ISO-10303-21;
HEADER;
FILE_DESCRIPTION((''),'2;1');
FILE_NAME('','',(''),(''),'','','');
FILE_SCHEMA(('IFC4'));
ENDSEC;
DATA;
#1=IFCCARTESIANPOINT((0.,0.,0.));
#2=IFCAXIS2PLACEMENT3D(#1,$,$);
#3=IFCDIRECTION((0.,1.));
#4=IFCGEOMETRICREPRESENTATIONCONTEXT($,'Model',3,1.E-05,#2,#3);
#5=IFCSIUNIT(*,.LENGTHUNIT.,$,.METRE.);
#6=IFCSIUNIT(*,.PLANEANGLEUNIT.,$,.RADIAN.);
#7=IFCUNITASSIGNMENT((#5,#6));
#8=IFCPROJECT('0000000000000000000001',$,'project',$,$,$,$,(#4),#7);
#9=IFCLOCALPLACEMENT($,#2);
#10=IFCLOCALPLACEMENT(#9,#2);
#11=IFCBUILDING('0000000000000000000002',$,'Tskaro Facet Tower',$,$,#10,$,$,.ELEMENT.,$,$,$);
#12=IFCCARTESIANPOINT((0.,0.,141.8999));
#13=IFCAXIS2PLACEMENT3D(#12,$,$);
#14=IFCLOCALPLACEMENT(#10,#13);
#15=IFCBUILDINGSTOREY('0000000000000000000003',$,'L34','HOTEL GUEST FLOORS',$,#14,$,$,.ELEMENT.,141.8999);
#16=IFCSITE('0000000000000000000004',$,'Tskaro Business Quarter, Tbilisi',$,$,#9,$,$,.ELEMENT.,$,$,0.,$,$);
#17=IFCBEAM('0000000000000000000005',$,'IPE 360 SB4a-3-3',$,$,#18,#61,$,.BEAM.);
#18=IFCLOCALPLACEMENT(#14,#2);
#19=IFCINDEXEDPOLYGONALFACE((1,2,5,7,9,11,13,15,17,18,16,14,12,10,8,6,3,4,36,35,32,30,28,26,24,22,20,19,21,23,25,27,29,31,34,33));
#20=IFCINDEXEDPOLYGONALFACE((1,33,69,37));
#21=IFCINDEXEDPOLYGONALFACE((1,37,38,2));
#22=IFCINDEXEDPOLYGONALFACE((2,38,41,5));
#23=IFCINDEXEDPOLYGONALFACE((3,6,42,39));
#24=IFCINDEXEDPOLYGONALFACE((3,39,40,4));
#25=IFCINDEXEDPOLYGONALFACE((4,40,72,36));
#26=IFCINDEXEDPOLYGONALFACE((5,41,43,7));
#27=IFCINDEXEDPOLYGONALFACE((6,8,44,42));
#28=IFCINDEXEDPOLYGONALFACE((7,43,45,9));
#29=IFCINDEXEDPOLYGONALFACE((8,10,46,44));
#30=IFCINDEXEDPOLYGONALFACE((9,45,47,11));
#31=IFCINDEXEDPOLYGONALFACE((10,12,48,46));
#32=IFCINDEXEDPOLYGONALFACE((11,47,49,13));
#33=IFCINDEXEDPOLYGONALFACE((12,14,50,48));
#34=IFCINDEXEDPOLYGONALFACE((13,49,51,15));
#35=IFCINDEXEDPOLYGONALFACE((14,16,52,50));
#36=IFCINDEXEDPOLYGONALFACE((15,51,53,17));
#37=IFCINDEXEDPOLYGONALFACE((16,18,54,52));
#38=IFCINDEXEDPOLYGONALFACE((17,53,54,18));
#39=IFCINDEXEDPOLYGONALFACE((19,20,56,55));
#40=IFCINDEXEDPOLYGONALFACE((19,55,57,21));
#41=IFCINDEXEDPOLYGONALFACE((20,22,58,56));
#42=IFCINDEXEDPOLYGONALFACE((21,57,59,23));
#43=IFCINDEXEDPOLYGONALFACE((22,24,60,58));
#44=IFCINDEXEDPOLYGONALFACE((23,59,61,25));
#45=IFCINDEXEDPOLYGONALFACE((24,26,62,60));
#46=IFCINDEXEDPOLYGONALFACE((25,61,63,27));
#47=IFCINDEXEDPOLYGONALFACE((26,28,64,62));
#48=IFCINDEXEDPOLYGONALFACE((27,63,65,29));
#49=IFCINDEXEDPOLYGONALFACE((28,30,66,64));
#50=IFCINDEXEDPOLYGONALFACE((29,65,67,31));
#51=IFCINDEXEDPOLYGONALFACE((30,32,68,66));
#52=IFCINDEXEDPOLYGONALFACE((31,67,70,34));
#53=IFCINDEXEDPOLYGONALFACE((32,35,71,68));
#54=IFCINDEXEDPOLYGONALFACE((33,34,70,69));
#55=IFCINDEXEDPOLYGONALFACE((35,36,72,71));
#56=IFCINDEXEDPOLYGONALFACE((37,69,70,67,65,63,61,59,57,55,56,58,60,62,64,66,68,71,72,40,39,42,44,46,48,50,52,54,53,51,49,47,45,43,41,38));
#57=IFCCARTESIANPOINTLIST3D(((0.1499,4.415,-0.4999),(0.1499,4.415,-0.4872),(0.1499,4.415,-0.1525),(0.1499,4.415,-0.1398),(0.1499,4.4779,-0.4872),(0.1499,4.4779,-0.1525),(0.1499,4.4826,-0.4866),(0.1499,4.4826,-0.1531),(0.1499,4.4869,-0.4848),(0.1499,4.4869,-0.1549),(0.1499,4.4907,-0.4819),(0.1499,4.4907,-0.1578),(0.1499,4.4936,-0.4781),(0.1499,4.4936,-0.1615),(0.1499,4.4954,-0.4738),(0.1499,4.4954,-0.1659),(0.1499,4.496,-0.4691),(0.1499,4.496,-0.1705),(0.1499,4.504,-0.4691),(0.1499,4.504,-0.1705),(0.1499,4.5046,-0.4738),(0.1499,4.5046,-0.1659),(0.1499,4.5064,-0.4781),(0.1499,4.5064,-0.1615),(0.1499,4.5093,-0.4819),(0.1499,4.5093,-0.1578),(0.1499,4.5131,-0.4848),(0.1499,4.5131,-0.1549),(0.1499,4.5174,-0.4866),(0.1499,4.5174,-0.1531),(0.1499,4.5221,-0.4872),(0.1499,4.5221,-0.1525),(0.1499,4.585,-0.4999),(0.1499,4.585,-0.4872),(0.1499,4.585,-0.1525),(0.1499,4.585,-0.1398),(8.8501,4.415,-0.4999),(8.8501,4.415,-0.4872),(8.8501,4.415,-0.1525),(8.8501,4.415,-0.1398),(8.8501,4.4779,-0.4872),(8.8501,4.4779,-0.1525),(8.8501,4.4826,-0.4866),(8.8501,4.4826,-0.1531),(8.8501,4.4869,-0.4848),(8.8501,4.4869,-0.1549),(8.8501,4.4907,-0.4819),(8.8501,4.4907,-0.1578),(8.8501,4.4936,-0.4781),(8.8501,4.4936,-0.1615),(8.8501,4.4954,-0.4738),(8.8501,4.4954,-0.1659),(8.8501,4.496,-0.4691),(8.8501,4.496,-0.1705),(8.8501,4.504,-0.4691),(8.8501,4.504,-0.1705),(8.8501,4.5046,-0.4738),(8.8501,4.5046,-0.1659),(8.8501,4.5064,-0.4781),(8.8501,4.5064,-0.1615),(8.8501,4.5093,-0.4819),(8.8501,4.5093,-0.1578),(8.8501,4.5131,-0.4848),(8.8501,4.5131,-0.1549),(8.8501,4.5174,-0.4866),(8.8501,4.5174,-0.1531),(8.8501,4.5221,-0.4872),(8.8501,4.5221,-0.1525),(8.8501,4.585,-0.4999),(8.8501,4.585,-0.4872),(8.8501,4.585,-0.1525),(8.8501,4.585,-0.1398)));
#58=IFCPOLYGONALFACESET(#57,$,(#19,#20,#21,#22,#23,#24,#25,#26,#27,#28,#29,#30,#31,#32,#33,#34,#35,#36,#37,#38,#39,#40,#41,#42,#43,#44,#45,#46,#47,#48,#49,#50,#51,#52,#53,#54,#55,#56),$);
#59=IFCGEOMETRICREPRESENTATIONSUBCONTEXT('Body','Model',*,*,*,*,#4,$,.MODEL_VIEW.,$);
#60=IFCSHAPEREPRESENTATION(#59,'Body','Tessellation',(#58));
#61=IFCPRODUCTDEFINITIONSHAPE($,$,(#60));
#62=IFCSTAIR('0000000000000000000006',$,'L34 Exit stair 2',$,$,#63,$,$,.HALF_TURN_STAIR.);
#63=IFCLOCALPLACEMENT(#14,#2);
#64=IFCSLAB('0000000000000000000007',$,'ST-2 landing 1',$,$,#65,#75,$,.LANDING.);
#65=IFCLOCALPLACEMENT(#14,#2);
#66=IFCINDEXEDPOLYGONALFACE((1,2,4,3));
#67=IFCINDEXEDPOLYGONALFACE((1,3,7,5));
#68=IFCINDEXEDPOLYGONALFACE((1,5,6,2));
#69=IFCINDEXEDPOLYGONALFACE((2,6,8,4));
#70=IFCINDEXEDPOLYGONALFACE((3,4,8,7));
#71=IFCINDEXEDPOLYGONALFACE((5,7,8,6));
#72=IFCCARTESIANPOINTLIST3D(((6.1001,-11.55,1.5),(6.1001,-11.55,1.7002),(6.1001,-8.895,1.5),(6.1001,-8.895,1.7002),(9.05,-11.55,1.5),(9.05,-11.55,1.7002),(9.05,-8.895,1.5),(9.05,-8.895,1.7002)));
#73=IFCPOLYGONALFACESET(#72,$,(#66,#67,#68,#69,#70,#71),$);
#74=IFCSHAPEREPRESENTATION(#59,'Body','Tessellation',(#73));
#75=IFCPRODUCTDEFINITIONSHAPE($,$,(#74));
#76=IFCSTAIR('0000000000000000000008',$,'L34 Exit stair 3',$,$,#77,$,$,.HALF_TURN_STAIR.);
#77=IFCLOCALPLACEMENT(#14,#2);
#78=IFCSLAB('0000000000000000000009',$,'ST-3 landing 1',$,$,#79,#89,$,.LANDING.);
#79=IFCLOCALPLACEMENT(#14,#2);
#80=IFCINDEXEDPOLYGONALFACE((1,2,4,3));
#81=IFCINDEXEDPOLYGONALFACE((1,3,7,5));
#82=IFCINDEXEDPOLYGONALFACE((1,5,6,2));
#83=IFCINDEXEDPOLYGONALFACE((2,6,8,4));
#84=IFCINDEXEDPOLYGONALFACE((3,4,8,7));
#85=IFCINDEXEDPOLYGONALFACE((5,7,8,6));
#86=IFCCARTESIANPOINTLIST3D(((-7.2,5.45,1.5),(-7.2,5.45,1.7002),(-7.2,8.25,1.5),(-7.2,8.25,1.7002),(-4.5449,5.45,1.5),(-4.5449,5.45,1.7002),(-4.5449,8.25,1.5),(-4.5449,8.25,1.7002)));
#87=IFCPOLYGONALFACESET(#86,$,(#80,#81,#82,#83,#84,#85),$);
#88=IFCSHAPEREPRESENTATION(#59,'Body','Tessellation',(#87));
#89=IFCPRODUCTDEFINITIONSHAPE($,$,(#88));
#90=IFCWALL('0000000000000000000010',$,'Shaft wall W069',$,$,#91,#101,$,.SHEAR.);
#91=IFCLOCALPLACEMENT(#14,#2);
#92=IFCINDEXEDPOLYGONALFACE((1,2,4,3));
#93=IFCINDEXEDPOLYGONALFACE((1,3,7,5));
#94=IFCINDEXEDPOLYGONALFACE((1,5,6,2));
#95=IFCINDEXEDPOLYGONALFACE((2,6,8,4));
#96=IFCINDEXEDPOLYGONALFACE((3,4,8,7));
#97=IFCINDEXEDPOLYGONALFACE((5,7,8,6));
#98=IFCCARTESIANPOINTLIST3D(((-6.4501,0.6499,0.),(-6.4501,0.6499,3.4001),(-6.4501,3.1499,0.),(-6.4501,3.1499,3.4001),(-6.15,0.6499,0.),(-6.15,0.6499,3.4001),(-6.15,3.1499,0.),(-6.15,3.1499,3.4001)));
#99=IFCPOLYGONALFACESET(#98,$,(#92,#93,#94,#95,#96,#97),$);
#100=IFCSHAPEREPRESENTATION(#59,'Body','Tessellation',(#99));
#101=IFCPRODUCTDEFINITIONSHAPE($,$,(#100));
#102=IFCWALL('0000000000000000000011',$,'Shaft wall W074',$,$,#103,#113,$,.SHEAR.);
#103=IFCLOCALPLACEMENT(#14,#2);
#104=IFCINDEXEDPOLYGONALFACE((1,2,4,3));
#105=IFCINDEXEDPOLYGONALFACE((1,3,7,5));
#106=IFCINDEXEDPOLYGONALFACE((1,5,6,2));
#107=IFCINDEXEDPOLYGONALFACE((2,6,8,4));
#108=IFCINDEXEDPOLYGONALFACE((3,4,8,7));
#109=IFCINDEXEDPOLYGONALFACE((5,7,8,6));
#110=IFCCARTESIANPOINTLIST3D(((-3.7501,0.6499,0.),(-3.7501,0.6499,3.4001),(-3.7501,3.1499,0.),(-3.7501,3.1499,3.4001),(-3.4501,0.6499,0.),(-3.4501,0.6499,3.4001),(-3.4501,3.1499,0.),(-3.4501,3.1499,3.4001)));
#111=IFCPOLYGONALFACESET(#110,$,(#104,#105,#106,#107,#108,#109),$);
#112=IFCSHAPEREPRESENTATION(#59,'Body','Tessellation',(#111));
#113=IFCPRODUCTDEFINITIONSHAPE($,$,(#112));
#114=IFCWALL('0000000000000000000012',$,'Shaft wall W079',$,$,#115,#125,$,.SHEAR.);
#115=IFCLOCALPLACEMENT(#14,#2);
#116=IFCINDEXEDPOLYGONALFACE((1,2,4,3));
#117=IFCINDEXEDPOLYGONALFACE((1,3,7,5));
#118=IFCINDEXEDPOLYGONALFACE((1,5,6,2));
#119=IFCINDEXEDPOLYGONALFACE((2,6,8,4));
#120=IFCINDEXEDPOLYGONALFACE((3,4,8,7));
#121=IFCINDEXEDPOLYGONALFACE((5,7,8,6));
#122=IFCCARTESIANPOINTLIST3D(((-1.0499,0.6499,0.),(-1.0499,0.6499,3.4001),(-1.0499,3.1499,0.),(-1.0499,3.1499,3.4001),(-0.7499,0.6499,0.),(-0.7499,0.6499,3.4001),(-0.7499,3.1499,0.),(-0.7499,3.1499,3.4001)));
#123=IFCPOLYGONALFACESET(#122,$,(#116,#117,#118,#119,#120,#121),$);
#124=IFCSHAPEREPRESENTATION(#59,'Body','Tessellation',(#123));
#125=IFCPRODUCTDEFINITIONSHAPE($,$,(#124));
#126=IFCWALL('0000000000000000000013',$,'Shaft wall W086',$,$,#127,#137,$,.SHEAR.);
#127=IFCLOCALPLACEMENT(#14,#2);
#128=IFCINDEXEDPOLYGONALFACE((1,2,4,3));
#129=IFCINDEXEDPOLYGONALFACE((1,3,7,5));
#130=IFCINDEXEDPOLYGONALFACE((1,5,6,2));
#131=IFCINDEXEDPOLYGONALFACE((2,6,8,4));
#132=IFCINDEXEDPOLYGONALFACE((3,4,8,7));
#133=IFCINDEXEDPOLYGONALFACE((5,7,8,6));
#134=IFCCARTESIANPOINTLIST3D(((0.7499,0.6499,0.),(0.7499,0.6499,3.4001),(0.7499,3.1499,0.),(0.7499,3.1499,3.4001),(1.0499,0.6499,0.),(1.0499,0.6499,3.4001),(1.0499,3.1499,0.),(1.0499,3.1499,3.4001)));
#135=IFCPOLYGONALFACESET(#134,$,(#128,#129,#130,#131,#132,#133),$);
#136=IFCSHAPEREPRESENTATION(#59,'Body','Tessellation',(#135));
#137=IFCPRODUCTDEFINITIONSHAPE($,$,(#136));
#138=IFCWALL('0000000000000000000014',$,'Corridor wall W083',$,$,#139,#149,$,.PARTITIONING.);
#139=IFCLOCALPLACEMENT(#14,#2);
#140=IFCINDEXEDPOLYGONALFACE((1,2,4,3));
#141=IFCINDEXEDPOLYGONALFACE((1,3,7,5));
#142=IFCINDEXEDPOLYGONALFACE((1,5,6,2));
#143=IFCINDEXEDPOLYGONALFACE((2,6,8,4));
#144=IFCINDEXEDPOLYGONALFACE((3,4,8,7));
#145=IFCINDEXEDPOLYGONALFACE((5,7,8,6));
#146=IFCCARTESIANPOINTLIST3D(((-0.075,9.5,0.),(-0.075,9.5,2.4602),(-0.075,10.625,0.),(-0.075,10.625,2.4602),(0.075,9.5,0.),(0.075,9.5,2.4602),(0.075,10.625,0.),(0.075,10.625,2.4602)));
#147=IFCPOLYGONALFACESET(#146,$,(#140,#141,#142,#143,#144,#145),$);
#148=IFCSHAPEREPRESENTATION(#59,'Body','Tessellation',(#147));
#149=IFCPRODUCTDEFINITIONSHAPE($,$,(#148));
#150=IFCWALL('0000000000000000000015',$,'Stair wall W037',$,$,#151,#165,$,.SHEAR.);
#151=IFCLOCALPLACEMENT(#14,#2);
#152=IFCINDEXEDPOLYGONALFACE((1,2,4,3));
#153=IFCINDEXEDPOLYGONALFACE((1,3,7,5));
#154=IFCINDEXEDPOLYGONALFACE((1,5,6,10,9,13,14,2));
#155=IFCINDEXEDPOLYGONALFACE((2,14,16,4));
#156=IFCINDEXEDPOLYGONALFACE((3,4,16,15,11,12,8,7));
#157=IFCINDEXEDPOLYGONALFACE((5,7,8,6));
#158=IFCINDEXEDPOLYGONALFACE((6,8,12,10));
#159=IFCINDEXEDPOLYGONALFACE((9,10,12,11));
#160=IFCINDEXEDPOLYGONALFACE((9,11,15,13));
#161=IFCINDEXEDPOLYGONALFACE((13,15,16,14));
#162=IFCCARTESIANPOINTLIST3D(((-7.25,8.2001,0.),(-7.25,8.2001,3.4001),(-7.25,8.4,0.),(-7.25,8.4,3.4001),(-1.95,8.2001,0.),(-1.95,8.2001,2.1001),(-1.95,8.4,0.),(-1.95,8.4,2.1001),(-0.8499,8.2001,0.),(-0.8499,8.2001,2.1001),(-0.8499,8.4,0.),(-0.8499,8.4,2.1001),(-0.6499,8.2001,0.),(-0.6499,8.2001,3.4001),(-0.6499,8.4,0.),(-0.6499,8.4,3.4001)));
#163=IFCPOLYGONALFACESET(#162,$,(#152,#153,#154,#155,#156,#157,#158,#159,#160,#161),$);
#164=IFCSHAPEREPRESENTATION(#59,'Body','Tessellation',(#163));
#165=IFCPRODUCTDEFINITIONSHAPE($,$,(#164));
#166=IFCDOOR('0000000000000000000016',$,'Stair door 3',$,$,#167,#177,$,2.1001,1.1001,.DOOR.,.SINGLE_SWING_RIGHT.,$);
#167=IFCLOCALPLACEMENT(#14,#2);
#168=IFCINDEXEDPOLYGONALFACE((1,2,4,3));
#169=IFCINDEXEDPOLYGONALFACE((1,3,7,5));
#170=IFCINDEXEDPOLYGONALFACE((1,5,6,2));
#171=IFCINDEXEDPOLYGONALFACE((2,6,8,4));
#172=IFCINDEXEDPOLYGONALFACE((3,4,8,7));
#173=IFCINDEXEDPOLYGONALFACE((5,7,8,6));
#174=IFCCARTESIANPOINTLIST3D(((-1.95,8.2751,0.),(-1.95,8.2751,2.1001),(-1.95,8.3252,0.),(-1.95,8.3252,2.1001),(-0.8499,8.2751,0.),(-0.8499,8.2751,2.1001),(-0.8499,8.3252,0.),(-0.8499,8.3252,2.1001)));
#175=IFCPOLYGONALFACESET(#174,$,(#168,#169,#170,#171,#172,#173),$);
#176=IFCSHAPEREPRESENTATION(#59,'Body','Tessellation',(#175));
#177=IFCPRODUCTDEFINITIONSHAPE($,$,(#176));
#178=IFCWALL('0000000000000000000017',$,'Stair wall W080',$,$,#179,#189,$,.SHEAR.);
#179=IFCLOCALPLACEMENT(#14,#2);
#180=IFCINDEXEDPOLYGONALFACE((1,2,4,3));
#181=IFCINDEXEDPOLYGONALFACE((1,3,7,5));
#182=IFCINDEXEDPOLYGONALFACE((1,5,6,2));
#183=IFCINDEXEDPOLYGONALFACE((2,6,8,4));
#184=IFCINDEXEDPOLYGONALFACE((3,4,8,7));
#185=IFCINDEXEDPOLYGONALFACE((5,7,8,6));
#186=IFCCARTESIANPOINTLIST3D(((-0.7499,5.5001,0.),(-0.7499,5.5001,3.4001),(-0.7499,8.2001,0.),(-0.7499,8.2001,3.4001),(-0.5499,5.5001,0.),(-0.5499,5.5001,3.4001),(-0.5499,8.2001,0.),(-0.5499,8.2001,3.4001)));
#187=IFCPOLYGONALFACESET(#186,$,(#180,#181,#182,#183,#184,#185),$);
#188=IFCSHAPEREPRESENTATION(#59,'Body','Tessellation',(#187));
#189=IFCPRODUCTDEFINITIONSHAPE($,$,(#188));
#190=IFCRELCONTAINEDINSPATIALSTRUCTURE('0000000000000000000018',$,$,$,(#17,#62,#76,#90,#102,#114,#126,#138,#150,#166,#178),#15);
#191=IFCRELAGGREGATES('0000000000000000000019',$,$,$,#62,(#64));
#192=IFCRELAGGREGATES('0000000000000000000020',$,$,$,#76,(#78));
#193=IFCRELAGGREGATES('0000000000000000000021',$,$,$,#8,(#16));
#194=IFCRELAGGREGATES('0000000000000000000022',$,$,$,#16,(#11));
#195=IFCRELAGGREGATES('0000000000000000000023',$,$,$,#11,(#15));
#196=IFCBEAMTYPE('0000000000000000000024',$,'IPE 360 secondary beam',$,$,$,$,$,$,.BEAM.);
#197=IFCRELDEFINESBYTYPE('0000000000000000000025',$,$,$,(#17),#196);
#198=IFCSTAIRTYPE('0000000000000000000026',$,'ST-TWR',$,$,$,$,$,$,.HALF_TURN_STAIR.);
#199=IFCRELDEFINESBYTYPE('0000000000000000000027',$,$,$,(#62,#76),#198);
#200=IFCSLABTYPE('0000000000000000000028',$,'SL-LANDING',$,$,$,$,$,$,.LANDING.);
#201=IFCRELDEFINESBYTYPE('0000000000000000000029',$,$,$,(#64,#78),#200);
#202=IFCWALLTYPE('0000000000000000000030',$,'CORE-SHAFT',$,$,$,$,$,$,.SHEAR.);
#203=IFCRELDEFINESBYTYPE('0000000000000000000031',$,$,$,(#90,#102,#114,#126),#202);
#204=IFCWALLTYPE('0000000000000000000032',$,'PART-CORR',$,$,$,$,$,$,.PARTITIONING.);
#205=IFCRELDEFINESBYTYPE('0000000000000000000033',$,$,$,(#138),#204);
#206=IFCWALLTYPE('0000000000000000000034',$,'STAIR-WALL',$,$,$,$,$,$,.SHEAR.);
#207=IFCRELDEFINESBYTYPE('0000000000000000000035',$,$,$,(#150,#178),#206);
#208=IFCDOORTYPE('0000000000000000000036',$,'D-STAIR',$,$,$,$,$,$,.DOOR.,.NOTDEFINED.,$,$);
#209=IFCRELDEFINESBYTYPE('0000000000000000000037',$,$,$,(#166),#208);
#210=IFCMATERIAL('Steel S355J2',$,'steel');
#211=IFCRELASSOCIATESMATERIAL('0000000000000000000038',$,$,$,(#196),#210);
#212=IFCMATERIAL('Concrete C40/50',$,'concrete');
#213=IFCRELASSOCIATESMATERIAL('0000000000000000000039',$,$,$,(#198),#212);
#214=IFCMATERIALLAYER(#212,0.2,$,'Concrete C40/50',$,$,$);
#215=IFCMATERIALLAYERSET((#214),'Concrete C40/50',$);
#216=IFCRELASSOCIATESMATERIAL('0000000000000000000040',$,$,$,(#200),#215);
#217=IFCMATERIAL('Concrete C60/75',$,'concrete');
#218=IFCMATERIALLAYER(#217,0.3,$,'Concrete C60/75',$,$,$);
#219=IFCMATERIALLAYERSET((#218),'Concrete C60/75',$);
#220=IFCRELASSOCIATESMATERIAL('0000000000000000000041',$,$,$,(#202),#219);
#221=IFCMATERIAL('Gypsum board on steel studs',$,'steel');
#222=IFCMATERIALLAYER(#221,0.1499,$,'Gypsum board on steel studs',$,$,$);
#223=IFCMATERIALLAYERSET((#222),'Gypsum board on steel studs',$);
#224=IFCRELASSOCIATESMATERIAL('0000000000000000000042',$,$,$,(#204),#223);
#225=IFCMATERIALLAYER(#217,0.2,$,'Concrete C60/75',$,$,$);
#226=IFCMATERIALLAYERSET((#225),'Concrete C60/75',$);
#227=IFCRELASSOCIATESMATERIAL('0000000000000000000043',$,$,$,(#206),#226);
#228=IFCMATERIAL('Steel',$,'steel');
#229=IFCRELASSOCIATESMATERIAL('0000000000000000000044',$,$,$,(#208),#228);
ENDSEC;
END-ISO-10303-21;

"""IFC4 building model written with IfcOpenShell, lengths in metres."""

from ifc_helpers import new_model, si_unit, direction, frame, frame_2d, origin, origin_2d, place, context, subcontext, project, spatial, polyline, rectangle, i_section, outline, extrude, material, layer, layer_set, material_profile, profile_set, type_object, element, fill, aggregate, save


model = new_model("IFC4")

# Units and contexts
model_context = context("Model", 3, precision=1e-05, world=origin(), true_north=direction((0.0, 1.0)))
body_context = subcontext(model_context, "Body", "Model", "MODEL_VIEW")
ifc_project = project(units=[si_unit("LENGTHUNIT", "METRE"), si_unit("PLANEANGLEUNIT", "RADIAN")], contexts=[model_context])

# Site, building, storey
site_placement = place(None, origin())
site = spatial("IfcSite", under=ifc_project, at=site_placement, Name="Tskaro Business Quarter, Tbilisi", CompositionType="ELEMENT", RefElevation=0.0)
building_placement = place(site_placement, origin())
building = spatial("IfcBuilding", under=site, at=building_placement, Name="Tskaro Facet Tower", CompositionType="ELEMENT")
storey_placement = place(building_placement, frame((0.0, 0.0, 141.8999)))
storey = spatial("IfcBuildingStorey", under=building, at=storey_placement, Name="L34", Description="HOTEL GUEST FLOORS", CompositionType="ELEMENT", Elevation=141.8999)

# Beam
ifc_material_1 = material(Name="Steel S355J2", Category="steel")
ifc_material_profile_1 = material_profile(ifc_material_1, i_section(OverallWidth=0.1699, OverallDepth=0.3601, WebThickness=0.0081, FlangeThickness=0.0127, FilletRadius=0.0181, at=origin_2d()), Name="IPE 360")
ifc_profile_set_1 = profile_set([ifc_material_profile_1], Name="Steel S355J2")
beam_type_1 = type_object("IfcBeamType", Name="IPE 360 secondary beam", PredefinedType="BEAM", material=ifc_profile_set_1)
beam_1_placement = place(storey_placement, frame((0.1499, 4.5, -0.3198), z_axis=(1.0, 0.0, 0.0), x_axis=(0.0, 1.0, 0.0)))
element("IfcBeam", 1, at=beam_1_placement, inside=storey, type_object=beam_type_1, Name="IPE 360 SB4a-3-3", PredefinedType="BEAM", context=body_context, shape_type="SweptSolid", body=[
    extrude(i_section(OverallWidth=0.1699, OverallDepth=0.3601, WebThickness=0.0081, FlangeThickness=0.0127, FilletRadius=0.0181, at=origin_2d()), origin(), (0.0, 0.0, 1.0), 8.7002),
])

# Stairs, slabs
ifc_material_2 = material(Name="Concrete C40/50", Category="concrete")
stair_type = type_object("IfcStairType", Name="ST-TWR", PredefinedType="HALF_TURN_STAIR", material=ifc_material_2)
stair_1_placement = place(storey_placement, origin())
stair_1 = element("IfcStair", 2, at=stair_1_placement, inside=storey, type_object=stair_type, Name="L34 Exit stair 2", PredefinedType="HALF_TURN_STAIR")
ifc_layer_1 = layer(ifc_material_2, 0.2, Name="Concrete C40/50")
ifc_layer_set_1 = layer_set([ifc_layer_1], Name="Concrete C40/50")
slab_type = type_object("IfcSlabType", Name="SL-LANDING", PredefinedType="LANDING", material=ifc_layer_set_1)
slab_1_placement = place(storey_placement, frame((0.0, 0.0, 1.5)))
slab_1 = element("IfcSlab", 3, at=slab_1_placement, type_object=slab_type, Name="ST-2 landing 1", PredefinedType="LANDING", context=body_context, shape_type="SweptSolid", body=[
    extrude(outline(polyline([(6.1001, -11.55), (9.05, -11.55), (9.05, -8.895), (6.1001, -8.895), (6.1001, -11.55)])), origin(), (0.0, 0.0, 1.0), 0.2002),
])
aggregate(stair_1, [slab_1])
stair_2_placement = place(storey_placement, origin())
stair_2 = element("IfcStair", 4, at=stair_2_placement, inside=storey, type_object=stair_type, Name="L34 Exit stair 3", PredefinedType="HALF_TURN_STAIR")
slab_2_placement = place(storey_placement, frame((0.0, 0.0, 1.5)))
slab_2 = element("IfcSlab", 5, at=slab_2_placement, type_object=slab_type, Name="ST-3 landing 1", PredefinedType="LANDING", context=body_context, shape_type="SweptSolid", body=[
    extrude(outline(polyline([(-7.2, 5.45), (-4.5449, 5.45), (-4.5449, 8.25), (-7.2, 8.25), (-7.2, 5.45)])), origin(), (0.0, 0.0, 1.0), 0.2002),
])

# Walls
ifc_material_3 = material(Name="Concrete C60/75", Category="concrete")
ifc_layer_2 = layer(ifc_material_3, 0.3, Name="Concrete C60/75")
ifc_layer_set_2 = layer_set([ifc_layer_2], Name="Concrete C60/75")
wall_type_1 = type_object("IfcWallType", Name="CORE-SHAFT", PredefinedType="SHEAR", material=ifc_layer_set_2)
for number, where, z_axis, x_axis, name in (
    (6, (-6.3, 0.6499, 0.0), (0.0, 0.0, 1.0), (0.0, 1.0, 0.0), "Shaft wall W069"),
    (7, (-3.6001, 0.6499, 0.0), (0.0, 0.0, 1.0), (0.0, 1.0, 0.0), "Shaft wall W074"),
    (8, (-0.8999, 0.6499, 0.0), (0.0, 0.0, 1.0), (0.0, 1.0, 0.0), "Shaft wall W079"),
    (9, (0.8999, 0.6499, 0.0), (0.0, 0.0, 1.0), (0.0, 1.0, 0.0), "Shaft wall W086"),
):
    element("IfcWall", number, at=place(storey_placement, frame(where, z_axis=z_axis, x_axis=x_axis)), inside=storey, type_object=wall_type_1, Name=name, PredefinedType="SHEAR", context=body_context, shape_type="SweptSolid", body=[
        extrude(rectangle(XDim=2.5, YDim=0.3, at=frame_2d((1.25, 0.0))), origin(), (0.0, 0.0, 1.0), 3.4001),
    ])
ifc_material_4 = material(Name="Gypsum board on steel studs", Category="steel")
ifc_layer_3 = layer(ifc_material_4, 0.1499, Name="Gypsum board on steel studs")
ifc_layer_set_3 = layer_set([ifc_layer_3], Name="Gypsum board on steel studs")
wall_type_2 = type_object("IfcWallType", Name="PART-CORR", PredefinedType="PARTITIONING", material=ifc_layer_set_3)
wall_1_placement = place(storey_placement, frame((0.0, 9.5, 0.0), z_axis=(0.0, 0.0, 1.0), x_axis=(0.0, 1.0, 0.0)))
element("IfcWall", 10, at=wall_1_placement, inside=storey, type_object=wall_type_2, Name="Corridor wall W083", PredefinedType="PARTITIONING", context=body_context, shape_type="SweptSolid", body=[
    extrude(rectangle(XDim=1.125, YDim=0.1499, at=frame_2d((0.5625, 0.0))), origin(), (0.0, 0.0, 1.0), 2.4602),
])

# Wall, opening, door
ifc_layer_4 = layer(ifc_material_3, 0.2, Name="Concrete C60/75")
ifc_layer_set_4 = layer_set([ifc_layer_4], Name="Concrete C60/75")
wall_type_3 = type_object("IfcWallType", Name="STAIR-WALL", PredefinedType="SHEAR", material=ifc_layer_set_4)
wall_2_placement = place(storey_placement, frame((-0.6499, 8.3, 0.0), z_axis=(0.0, 0.0, 1.0), x_axis=(-1.0, 0.0, 0.0)))
wall_2 = element("IfcWall", 11, at=wall_2_placement, inside=storey, type_object=wall_type_3, Name="Stair wall W037", PredefinedType="SHEAR", context=body_context, shape_type="SweptSolid", body=[
    extrude(rectangle(XDim=6.6001, YDim=0.2, at=frame_2d((3.3, 0.0))), origin(), (0.0, 0.0, 1.0), 3.4001),
])
opening_placement = place(wall_2_placement, frame((0.2, 0.0, 0.0)))
opening = element("IfcOpeningElement", 12, at=opening_placement, cuts=wall_2, PredefinedType="OPENING", context=body_context, shape_type="SweptSolid", body=[
    extrude(rectangle(XDim=1.1001, YDim=2.1001, at=frame_2d((0.55, 1.05))), frame((0.0, 0.1099, 0.0), z_axis=(0.0, -1.0, 0.0), x_axis=(1.0, 0.0, 0.0)), (0.0, 0.0, 1.0), 0.22),
])
ifc_material_5 = material(Name="Steel", Category="steel")
door_type = type_object("IfcDoorType", Name="D-STAIR", OperationType="NOTDEFINED", PredefinedType="DOOR", material=ifc_material_5)
door_placement = place(opening_placement, origin())
door = element("IfcDoor", 13, at=door_placement, inside=storey, type_object=door_type, Name="Stair door 3", OperationType="SINGLE_SWING_RIGHT", OverallHeight=2.1001, OverallWidth=1.1001, PredefinedType="DOOR", context=body_context, shape_type="SweptSolid", body=[
    extrude(rectangle(XDim=1.1001, YDim=2.1001, at=frame_2d((0.55, 1.05))), frame((0.0, 0.0249, 0.0), z_axis=(0.0, -1.0, 0.0), x_axis=(1.0, 0.0, 0.0)), (0.0, 0.0, 1.0), 0.05),
])
fill(opening, door)

# Wall
wall_3_placement = place(storey_placement, frame((-0.6499, 5.5, 0.0), z_axis=(0.0, 0.0, 1.0), x_axis=(0.0, 1.0, 0.0)))
element("IfcWall", 14, at=wall_3_placement, inside=storey, type_object=wall_type_3, Name="Stair wall W080", PredefinedType="SHEAR", context=body_context, shape_type="SweptSolid", body=[
    extrude(rectangle(XDim=2.7, YDim=0.2, at=frame_2d((1.3501, 0.0))), origin(), (0.0, 0.0, 1.0), 3.4001),
])

aggregate(stair_2, [slab_2])

save(model, "model.ifc")
